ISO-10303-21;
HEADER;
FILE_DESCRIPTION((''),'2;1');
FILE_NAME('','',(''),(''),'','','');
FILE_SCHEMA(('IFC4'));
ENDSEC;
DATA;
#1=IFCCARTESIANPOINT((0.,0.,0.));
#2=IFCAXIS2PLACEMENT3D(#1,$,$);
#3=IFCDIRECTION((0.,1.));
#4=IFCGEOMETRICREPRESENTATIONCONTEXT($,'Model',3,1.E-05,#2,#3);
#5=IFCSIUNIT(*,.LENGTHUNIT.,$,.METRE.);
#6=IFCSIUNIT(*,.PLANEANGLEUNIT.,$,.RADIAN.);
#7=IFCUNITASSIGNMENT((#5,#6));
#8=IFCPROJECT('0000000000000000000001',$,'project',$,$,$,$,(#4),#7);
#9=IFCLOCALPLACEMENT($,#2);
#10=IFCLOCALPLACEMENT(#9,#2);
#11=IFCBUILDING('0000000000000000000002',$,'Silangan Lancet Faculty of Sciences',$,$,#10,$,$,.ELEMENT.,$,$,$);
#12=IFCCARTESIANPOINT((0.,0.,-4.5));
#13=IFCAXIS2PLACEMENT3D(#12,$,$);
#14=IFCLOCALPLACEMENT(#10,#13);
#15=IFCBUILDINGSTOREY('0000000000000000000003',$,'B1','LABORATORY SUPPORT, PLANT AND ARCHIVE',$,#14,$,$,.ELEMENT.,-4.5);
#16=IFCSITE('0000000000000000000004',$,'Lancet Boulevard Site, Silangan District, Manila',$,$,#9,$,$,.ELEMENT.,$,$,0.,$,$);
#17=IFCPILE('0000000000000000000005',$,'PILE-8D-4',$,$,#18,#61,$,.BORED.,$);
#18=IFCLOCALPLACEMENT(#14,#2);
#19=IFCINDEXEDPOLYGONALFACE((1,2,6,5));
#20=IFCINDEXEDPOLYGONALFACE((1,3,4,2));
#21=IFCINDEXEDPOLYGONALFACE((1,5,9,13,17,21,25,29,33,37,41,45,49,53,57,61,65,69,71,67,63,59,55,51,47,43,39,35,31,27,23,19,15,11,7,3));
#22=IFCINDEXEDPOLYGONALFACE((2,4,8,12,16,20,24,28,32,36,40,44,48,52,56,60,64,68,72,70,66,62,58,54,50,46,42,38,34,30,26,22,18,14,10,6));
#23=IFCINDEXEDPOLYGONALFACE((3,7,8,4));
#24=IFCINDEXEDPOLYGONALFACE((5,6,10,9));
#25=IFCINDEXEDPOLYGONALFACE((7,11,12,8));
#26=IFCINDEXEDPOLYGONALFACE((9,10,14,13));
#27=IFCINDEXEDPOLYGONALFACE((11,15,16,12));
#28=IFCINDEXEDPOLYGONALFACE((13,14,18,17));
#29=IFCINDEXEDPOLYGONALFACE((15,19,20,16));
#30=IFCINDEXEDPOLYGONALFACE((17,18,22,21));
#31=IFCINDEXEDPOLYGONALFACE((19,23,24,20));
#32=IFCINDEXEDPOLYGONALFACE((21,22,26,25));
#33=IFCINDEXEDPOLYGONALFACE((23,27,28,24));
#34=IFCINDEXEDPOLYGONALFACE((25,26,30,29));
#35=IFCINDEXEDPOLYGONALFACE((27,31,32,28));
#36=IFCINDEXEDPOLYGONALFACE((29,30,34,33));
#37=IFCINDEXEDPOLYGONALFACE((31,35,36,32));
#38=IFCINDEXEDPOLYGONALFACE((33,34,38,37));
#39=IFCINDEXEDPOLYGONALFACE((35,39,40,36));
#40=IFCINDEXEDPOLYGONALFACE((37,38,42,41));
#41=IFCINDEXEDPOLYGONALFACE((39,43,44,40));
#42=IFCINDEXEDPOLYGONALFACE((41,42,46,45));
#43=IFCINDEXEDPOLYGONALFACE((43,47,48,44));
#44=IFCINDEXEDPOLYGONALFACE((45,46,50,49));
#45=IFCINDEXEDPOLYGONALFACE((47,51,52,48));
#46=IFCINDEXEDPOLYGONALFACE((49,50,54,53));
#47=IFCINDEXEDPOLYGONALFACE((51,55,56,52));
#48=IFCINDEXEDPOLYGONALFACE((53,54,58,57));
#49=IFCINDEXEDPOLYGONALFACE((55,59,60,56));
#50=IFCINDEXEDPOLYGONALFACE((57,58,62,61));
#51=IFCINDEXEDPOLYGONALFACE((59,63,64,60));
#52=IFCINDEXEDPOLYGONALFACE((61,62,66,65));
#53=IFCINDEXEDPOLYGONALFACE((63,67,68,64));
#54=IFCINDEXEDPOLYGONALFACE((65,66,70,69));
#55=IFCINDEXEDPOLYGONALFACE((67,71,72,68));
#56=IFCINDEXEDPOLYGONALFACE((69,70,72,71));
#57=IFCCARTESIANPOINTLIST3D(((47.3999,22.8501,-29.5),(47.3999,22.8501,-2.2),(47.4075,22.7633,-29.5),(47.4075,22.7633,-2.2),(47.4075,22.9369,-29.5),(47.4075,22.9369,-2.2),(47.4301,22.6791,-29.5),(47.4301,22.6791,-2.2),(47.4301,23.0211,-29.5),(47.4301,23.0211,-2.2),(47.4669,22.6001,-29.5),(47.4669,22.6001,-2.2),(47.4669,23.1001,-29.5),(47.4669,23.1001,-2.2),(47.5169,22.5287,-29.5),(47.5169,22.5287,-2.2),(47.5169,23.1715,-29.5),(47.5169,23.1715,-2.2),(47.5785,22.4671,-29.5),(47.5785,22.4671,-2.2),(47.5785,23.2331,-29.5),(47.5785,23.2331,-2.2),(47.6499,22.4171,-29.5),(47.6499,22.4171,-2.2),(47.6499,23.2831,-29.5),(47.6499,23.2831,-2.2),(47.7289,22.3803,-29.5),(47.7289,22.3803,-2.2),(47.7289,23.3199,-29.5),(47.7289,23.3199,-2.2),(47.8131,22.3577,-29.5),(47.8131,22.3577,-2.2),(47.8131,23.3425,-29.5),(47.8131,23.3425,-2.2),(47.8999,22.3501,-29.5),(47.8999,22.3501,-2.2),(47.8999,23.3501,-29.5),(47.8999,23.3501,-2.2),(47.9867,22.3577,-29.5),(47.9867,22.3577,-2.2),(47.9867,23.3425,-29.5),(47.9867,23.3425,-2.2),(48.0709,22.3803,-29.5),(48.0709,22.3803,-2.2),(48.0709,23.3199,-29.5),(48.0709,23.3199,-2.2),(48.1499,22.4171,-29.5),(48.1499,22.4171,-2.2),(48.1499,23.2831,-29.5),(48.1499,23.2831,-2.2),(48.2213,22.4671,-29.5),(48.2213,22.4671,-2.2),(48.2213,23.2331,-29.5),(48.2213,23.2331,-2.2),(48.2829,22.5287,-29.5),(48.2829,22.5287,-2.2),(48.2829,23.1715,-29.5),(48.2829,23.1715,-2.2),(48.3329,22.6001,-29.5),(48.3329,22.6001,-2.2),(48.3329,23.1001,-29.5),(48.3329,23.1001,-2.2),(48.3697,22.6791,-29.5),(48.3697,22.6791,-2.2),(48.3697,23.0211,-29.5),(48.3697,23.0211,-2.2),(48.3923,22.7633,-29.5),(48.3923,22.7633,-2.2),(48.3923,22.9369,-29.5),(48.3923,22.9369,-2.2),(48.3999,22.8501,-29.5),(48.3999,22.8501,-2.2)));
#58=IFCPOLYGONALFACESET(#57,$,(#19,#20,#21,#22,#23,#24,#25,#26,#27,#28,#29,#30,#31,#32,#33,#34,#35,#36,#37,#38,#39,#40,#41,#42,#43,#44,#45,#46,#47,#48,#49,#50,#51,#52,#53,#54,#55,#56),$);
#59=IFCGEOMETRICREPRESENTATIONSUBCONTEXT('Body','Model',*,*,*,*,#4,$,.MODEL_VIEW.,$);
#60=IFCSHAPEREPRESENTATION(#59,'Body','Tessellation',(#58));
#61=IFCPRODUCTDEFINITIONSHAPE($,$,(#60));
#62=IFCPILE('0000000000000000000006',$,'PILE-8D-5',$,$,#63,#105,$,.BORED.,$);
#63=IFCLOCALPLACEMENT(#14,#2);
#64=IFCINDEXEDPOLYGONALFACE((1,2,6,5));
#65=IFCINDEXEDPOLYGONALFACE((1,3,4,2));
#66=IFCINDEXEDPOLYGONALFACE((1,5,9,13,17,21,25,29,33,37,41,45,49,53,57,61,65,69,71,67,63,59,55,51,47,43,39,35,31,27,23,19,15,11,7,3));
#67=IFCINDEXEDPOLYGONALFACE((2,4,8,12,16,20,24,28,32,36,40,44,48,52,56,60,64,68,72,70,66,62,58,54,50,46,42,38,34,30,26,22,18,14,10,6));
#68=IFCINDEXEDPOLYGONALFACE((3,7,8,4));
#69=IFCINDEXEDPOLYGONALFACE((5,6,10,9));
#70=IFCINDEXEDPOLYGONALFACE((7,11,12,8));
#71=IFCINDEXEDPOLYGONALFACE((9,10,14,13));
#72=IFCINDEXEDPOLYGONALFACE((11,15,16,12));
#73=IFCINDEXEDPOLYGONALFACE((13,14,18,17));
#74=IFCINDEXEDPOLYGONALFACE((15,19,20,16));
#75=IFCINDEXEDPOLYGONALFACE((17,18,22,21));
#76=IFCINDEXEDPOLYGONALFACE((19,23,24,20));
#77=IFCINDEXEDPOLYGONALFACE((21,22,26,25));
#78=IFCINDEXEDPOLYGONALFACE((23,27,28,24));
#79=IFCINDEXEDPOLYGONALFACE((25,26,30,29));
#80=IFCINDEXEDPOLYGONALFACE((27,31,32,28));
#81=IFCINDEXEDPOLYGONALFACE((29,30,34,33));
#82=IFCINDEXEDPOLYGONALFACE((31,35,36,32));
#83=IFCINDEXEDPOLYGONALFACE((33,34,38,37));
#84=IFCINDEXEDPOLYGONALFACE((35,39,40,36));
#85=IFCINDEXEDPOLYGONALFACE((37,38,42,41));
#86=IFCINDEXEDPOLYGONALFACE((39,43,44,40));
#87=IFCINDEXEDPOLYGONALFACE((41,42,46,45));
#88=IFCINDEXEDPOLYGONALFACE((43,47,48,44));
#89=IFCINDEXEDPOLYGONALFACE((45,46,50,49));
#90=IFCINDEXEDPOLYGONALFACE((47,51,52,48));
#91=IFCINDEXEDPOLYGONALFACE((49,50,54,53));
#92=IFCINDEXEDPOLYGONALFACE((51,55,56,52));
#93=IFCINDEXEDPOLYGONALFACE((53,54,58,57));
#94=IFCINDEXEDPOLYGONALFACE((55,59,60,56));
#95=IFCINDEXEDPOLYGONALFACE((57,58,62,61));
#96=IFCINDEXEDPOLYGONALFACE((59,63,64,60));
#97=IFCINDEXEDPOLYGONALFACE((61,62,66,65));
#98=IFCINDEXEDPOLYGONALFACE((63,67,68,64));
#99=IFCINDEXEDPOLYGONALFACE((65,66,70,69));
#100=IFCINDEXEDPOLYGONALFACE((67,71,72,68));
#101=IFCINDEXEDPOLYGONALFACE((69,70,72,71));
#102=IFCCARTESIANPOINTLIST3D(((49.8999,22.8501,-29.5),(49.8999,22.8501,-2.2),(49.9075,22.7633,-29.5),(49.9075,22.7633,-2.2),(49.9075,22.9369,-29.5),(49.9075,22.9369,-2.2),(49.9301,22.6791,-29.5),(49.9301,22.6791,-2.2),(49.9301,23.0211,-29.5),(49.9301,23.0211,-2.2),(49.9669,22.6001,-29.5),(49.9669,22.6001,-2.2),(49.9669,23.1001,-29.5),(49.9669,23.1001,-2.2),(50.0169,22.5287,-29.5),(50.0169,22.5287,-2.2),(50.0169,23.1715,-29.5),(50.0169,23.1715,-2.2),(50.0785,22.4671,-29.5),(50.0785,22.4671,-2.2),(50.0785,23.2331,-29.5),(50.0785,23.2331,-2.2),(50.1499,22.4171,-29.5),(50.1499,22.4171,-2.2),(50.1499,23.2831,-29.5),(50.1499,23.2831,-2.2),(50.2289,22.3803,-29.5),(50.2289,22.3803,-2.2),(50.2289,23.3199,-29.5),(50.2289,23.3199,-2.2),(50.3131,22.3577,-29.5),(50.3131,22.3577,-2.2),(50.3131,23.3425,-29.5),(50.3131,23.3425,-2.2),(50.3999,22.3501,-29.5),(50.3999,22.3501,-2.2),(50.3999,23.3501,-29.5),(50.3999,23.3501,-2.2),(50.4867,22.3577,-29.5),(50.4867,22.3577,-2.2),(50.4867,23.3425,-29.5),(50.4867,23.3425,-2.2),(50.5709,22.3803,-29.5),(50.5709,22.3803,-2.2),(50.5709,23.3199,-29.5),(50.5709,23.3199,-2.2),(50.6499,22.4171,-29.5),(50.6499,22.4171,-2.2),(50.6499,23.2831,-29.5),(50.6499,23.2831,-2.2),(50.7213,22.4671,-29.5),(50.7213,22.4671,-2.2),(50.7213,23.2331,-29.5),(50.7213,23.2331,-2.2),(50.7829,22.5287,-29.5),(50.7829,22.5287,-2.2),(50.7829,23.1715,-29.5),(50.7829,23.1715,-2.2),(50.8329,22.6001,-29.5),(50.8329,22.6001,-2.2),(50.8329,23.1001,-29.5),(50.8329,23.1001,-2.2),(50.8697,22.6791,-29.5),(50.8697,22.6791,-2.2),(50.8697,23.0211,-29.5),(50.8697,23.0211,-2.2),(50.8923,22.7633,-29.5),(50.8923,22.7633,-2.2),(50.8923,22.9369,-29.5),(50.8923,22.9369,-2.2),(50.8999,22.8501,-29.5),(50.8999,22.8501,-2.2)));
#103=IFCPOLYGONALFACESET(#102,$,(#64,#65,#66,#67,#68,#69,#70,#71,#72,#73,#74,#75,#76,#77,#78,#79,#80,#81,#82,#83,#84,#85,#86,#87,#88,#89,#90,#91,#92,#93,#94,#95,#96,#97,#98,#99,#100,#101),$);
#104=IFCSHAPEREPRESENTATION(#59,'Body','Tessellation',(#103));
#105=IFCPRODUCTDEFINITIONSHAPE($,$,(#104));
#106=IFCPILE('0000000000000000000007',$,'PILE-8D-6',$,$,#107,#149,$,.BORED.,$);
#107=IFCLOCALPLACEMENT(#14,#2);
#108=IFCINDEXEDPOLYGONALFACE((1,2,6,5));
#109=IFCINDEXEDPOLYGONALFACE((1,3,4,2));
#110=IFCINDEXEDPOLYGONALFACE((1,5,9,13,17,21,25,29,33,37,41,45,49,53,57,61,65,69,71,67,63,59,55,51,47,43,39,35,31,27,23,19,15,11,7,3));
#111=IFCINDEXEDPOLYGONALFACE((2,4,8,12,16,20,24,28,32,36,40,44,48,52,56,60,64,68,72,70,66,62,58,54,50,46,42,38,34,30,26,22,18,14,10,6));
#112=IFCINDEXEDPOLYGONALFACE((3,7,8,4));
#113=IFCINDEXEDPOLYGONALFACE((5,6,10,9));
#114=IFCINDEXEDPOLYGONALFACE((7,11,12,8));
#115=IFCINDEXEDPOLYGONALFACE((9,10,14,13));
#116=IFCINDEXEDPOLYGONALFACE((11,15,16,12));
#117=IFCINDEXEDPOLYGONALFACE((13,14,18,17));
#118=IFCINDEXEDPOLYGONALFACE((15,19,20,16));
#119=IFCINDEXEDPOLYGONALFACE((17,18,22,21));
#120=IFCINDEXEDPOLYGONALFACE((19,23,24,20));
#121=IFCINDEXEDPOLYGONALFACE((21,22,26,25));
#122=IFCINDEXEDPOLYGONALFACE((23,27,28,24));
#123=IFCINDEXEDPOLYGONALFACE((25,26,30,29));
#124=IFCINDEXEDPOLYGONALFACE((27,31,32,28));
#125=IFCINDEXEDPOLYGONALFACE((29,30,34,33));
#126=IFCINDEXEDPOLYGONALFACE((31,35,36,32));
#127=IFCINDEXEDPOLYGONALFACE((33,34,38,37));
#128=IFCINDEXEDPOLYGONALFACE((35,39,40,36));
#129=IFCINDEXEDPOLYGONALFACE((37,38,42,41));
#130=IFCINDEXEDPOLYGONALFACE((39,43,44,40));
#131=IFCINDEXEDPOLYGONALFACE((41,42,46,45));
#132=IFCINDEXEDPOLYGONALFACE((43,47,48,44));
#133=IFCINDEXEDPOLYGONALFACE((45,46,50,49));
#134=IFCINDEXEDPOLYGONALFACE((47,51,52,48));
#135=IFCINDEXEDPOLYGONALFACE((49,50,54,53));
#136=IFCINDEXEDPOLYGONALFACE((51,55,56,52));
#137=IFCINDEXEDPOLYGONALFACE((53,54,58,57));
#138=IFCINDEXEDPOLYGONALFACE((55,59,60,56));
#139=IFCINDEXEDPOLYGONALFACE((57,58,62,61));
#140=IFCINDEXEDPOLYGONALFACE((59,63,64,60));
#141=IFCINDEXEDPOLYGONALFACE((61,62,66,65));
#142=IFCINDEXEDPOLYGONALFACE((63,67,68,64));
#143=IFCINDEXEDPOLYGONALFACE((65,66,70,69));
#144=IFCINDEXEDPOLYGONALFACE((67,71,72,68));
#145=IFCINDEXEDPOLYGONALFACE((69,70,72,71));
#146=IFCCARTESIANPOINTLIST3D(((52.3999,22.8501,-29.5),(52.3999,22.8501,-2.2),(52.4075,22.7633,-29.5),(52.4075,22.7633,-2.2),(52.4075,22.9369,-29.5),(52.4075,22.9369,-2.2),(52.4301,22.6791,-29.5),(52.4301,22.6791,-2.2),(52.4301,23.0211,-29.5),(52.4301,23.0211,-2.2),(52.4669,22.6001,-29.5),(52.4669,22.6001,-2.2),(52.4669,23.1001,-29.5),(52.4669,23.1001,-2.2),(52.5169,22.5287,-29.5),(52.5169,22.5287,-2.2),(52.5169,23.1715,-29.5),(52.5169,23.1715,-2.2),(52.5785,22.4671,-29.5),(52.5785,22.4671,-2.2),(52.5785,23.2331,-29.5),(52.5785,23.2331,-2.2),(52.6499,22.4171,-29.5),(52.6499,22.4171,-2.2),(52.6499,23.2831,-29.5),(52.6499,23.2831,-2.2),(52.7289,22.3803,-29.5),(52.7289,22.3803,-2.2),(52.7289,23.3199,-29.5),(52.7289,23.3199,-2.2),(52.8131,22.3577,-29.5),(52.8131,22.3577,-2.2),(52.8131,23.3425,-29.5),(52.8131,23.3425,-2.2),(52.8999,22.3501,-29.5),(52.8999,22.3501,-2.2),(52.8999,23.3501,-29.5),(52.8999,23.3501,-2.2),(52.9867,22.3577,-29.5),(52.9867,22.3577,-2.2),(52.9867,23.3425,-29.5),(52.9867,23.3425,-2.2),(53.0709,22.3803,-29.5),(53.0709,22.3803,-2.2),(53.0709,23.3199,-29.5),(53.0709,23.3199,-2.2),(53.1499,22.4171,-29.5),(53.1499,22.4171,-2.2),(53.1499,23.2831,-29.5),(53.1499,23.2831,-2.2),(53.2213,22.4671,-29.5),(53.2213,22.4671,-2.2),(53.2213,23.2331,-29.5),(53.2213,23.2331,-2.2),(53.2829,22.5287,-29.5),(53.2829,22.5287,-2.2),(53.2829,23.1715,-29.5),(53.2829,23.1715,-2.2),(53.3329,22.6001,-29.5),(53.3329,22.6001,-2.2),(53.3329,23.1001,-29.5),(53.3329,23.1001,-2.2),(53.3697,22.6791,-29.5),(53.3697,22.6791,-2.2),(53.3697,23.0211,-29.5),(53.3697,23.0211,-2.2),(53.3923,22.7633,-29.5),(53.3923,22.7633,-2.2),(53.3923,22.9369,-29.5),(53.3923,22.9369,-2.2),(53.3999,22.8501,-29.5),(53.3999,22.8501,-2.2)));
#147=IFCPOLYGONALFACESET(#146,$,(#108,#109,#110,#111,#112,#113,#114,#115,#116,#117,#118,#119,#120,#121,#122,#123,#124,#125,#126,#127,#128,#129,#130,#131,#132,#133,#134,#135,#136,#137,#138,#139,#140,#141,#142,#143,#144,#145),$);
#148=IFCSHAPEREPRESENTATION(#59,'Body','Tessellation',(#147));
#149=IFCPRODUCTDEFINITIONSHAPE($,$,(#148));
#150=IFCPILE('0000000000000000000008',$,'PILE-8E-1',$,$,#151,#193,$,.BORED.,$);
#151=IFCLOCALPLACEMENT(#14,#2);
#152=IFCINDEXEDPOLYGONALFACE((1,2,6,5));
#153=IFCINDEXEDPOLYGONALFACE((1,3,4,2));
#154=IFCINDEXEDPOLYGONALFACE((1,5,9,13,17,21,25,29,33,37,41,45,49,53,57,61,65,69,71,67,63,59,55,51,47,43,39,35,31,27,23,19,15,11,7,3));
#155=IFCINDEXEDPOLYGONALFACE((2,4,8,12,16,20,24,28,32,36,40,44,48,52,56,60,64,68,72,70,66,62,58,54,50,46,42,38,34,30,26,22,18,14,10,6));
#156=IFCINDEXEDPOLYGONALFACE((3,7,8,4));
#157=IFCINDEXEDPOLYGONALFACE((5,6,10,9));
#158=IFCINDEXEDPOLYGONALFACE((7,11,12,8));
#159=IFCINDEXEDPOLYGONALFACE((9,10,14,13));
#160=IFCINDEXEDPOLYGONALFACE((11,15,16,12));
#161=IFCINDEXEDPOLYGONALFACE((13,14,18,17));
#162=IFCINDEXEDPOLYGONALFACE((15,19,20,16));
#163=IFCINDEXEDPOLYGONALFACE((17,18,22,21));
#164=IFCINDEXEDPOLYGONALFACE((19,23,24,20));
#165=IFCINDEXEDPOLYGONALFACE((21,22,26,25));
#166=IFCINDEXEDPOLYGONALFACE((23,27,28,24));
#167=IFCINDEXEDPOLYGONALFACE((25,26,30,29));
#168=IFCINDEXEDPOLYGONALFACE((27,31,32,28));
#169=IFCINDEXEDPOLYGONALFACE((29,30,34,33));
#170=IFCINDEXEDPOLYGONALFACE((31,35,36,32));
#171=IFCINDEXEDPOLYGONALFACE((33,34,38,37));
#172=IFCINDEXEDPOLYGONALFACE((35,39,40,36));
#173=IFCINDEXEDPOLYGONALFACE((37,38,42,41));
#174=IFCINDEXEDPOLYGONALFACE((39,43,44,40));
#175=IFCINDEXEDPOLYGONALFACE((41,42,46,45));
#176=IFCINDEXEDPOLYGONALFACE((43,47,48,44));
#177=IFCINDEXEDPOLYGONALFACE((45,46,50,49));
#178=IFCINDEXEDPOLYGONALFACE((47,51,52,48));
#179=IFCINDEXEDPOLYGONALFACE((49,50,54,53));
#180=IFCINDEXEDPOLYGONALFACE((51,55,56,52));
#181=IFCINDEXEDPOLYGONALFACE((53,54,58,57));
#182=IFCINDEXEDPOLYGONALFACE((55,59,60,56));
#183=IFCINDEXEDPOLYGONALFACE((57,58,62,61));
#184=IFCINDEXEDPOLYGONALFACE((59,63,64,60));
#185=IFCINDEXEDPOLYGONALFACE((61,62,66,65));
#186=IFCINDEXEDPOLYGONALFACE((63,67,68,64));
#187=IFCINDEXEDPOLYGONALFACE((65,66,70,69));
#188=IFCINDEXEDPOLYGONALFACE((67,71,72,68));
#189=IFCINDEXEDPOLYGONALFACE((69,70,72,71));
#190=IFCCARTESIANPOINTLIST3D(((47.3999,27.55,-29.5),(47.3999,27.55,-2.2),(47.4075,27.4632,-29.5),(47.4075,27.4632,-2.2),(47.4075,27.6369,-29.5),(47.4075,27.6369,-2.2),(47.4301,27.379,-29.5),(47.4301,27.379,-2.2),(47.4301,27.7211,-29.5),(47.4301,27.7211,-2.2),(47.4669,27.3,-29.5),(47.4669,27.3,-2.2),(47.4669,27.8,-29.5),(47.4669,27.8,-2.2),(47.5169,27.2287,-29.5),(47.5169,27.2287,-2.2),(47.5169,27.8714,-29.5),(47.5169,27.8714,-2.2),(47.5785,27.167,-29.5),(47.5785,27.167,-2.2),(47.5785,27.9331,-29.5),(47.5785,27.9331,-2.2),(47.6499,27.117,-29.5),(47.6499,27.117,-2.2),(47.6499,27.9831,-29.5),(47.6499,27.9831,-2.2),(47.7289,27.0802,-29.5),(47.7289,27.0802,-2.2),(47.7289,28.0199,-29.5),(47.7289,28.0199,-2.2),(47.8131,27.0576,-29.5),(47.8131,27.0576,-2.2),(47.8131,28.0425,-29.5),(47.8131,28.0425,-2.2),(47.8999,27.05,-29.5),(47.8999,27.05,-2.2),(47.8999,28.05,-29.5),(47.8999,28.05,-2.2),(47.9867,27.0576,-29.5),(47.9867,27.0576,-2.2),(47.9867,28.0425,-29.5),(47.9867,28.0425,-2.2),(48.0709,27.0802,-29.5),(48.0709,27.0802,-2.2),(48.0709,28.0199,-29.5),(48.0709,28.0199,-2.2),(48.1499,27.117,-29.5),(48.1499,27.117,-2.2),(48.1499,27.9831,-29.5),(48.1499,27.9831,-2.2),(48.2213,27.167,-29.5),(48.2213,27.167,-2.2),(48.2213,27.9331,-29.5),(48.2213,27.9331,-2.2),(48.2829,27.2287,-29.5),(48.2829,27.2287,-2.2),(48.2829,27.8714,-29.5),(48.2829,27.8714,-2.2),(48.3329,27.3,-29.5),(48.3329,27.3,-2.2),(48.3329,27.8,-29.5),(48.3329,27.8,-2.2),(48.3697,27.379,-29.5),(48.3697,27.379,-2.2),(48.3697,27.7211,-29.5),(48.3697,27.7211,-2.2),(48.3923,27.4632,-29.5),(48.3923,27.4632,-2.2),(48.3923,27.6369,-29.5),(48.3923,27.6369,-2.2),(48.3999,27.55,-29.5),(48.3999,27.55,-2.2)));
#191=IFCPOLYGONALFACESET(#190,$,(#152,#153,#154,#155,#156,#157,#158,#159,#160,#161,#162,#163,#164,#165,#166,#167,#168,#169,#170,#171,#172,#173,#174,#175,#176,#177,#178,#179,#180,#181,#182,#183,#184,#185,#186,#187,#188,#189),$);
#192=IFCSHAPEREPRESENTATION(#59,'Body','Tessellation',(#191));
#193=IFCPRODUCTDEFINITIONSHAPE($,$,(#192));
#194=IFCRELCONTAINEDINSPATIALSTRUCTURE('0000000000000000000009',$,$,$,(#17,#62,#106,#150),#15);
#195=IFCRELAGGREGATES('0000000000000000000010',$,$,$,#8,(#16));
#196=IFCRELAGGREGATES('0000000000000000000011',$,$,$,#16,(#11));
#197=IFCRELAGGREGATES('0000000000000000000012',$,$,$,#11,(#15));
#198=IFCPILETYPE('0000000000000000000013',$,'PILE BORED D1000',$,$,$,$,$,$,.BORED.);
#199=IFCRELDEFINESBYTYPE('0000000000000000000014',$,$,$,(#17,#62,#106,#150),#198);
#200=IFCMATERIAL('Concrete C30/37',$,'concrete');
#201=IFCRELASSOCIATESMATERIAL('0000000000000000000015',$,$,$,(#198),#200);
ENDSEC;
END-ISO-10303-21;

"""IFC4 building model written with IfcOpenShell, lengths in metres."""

from ifc_helpers import new_model, si_unit, direction, frame, origin, origin_2d, place, context, subcontext, project, spatial, circle, extrude, material, material_profile, profile_set, type_object, element, save


model = new_model("IFC4")

# Units and contexts
model_context = context("Model", 3, precision=1e-05, world=origin(), true_north=direction((0.0, 1.0)))
body_context = subcontext(model_context, "Body", "Model", "MODEL_VIEW")
ifc_project = project(units=[si_unit("LENGTHUNIT", "METRE"), si_unit("PLANEANGLEUNIT", "RADIAN")], contexts=[model_context])

# Site, building, storey
site_placement = place(None, origin())
site = spatial("IfcSite", under=ifc_project, at=site_placement, Name="Lancet Boulevard Site, Silangan District, Manila", CompositionType="ELEMENT", RefElevation=0.0)
building_placement = place(site_placement, origin())
building = spatial("IfcBuilding", under=site, at=building_placement, Name="Silangan Lancet Faculty of Sciences", CompositionType="ELEMENT")
storey_placement = place(building_placement, frame((0.0, 0.0, -4.5)))
storey = spatial("IfcBuildingStorey", under=building, at=storey_placement, Name="B1", Description="LABORATORY SUPPORT, PLANT AND ARCHIVE", CompositionType="ELEMENT", Elevation=-4.5)

# Piles
ifc_material_1 = material(Name="Concrete C30/37", Category="concrete")
ifc_material_profile_1 = material_profile(ifc_material_1, circle(Radius=0.5, at=origin_2d()), Name="BORED PILE D1000")
ifc_profile_set_1 = profile_set([ifc_material_profile_1], Name="Concrete C30/37")
pile_type = type_object("IfcPileType", Name="PILE BORED D1000", PredefinedType="BORED", material=ifc_profile_set_1)
for number, where, z_axis, x_axis, name in (
    (1, (47.8999, 22.8501, -2.2), (0.0, 0.0, -1.0), (1.0, 0.0, 0.0), "PILE-8D-4"),
    (2, (50.3999, 22.8501, -2.2), (0.0, 0.0, -1.0), (1.0, 0.0, 0.0), "PILE-8D-5"),
    (3, (52.8999, 22.8501, -2.2), (0.0, 0.0, -1.0), (1.0, 0.0, 0.0), "PILE-8D-6"),
    (4, (47.8999, 27.55, -2.2), (0.0, 0.0, -1.0), (1.0, 0.0, 0.0), "PILE-8E-1"),
):
    element("IfcPile", number, at=place(storey_placement, frame(where, z_axis=z_axis, x_axis=x_axis)), inside=storey, type_object=pile_type, Name=name, PredefinedType="BORED", context=body_context, shape_type="SweptSolid", body=[
        extrude(circle(Radius=0.5, at=origin_2d()), origin(), (0.0, 0.0, 1.0), 27.3),
    ])

save(model, "model.ifc")
